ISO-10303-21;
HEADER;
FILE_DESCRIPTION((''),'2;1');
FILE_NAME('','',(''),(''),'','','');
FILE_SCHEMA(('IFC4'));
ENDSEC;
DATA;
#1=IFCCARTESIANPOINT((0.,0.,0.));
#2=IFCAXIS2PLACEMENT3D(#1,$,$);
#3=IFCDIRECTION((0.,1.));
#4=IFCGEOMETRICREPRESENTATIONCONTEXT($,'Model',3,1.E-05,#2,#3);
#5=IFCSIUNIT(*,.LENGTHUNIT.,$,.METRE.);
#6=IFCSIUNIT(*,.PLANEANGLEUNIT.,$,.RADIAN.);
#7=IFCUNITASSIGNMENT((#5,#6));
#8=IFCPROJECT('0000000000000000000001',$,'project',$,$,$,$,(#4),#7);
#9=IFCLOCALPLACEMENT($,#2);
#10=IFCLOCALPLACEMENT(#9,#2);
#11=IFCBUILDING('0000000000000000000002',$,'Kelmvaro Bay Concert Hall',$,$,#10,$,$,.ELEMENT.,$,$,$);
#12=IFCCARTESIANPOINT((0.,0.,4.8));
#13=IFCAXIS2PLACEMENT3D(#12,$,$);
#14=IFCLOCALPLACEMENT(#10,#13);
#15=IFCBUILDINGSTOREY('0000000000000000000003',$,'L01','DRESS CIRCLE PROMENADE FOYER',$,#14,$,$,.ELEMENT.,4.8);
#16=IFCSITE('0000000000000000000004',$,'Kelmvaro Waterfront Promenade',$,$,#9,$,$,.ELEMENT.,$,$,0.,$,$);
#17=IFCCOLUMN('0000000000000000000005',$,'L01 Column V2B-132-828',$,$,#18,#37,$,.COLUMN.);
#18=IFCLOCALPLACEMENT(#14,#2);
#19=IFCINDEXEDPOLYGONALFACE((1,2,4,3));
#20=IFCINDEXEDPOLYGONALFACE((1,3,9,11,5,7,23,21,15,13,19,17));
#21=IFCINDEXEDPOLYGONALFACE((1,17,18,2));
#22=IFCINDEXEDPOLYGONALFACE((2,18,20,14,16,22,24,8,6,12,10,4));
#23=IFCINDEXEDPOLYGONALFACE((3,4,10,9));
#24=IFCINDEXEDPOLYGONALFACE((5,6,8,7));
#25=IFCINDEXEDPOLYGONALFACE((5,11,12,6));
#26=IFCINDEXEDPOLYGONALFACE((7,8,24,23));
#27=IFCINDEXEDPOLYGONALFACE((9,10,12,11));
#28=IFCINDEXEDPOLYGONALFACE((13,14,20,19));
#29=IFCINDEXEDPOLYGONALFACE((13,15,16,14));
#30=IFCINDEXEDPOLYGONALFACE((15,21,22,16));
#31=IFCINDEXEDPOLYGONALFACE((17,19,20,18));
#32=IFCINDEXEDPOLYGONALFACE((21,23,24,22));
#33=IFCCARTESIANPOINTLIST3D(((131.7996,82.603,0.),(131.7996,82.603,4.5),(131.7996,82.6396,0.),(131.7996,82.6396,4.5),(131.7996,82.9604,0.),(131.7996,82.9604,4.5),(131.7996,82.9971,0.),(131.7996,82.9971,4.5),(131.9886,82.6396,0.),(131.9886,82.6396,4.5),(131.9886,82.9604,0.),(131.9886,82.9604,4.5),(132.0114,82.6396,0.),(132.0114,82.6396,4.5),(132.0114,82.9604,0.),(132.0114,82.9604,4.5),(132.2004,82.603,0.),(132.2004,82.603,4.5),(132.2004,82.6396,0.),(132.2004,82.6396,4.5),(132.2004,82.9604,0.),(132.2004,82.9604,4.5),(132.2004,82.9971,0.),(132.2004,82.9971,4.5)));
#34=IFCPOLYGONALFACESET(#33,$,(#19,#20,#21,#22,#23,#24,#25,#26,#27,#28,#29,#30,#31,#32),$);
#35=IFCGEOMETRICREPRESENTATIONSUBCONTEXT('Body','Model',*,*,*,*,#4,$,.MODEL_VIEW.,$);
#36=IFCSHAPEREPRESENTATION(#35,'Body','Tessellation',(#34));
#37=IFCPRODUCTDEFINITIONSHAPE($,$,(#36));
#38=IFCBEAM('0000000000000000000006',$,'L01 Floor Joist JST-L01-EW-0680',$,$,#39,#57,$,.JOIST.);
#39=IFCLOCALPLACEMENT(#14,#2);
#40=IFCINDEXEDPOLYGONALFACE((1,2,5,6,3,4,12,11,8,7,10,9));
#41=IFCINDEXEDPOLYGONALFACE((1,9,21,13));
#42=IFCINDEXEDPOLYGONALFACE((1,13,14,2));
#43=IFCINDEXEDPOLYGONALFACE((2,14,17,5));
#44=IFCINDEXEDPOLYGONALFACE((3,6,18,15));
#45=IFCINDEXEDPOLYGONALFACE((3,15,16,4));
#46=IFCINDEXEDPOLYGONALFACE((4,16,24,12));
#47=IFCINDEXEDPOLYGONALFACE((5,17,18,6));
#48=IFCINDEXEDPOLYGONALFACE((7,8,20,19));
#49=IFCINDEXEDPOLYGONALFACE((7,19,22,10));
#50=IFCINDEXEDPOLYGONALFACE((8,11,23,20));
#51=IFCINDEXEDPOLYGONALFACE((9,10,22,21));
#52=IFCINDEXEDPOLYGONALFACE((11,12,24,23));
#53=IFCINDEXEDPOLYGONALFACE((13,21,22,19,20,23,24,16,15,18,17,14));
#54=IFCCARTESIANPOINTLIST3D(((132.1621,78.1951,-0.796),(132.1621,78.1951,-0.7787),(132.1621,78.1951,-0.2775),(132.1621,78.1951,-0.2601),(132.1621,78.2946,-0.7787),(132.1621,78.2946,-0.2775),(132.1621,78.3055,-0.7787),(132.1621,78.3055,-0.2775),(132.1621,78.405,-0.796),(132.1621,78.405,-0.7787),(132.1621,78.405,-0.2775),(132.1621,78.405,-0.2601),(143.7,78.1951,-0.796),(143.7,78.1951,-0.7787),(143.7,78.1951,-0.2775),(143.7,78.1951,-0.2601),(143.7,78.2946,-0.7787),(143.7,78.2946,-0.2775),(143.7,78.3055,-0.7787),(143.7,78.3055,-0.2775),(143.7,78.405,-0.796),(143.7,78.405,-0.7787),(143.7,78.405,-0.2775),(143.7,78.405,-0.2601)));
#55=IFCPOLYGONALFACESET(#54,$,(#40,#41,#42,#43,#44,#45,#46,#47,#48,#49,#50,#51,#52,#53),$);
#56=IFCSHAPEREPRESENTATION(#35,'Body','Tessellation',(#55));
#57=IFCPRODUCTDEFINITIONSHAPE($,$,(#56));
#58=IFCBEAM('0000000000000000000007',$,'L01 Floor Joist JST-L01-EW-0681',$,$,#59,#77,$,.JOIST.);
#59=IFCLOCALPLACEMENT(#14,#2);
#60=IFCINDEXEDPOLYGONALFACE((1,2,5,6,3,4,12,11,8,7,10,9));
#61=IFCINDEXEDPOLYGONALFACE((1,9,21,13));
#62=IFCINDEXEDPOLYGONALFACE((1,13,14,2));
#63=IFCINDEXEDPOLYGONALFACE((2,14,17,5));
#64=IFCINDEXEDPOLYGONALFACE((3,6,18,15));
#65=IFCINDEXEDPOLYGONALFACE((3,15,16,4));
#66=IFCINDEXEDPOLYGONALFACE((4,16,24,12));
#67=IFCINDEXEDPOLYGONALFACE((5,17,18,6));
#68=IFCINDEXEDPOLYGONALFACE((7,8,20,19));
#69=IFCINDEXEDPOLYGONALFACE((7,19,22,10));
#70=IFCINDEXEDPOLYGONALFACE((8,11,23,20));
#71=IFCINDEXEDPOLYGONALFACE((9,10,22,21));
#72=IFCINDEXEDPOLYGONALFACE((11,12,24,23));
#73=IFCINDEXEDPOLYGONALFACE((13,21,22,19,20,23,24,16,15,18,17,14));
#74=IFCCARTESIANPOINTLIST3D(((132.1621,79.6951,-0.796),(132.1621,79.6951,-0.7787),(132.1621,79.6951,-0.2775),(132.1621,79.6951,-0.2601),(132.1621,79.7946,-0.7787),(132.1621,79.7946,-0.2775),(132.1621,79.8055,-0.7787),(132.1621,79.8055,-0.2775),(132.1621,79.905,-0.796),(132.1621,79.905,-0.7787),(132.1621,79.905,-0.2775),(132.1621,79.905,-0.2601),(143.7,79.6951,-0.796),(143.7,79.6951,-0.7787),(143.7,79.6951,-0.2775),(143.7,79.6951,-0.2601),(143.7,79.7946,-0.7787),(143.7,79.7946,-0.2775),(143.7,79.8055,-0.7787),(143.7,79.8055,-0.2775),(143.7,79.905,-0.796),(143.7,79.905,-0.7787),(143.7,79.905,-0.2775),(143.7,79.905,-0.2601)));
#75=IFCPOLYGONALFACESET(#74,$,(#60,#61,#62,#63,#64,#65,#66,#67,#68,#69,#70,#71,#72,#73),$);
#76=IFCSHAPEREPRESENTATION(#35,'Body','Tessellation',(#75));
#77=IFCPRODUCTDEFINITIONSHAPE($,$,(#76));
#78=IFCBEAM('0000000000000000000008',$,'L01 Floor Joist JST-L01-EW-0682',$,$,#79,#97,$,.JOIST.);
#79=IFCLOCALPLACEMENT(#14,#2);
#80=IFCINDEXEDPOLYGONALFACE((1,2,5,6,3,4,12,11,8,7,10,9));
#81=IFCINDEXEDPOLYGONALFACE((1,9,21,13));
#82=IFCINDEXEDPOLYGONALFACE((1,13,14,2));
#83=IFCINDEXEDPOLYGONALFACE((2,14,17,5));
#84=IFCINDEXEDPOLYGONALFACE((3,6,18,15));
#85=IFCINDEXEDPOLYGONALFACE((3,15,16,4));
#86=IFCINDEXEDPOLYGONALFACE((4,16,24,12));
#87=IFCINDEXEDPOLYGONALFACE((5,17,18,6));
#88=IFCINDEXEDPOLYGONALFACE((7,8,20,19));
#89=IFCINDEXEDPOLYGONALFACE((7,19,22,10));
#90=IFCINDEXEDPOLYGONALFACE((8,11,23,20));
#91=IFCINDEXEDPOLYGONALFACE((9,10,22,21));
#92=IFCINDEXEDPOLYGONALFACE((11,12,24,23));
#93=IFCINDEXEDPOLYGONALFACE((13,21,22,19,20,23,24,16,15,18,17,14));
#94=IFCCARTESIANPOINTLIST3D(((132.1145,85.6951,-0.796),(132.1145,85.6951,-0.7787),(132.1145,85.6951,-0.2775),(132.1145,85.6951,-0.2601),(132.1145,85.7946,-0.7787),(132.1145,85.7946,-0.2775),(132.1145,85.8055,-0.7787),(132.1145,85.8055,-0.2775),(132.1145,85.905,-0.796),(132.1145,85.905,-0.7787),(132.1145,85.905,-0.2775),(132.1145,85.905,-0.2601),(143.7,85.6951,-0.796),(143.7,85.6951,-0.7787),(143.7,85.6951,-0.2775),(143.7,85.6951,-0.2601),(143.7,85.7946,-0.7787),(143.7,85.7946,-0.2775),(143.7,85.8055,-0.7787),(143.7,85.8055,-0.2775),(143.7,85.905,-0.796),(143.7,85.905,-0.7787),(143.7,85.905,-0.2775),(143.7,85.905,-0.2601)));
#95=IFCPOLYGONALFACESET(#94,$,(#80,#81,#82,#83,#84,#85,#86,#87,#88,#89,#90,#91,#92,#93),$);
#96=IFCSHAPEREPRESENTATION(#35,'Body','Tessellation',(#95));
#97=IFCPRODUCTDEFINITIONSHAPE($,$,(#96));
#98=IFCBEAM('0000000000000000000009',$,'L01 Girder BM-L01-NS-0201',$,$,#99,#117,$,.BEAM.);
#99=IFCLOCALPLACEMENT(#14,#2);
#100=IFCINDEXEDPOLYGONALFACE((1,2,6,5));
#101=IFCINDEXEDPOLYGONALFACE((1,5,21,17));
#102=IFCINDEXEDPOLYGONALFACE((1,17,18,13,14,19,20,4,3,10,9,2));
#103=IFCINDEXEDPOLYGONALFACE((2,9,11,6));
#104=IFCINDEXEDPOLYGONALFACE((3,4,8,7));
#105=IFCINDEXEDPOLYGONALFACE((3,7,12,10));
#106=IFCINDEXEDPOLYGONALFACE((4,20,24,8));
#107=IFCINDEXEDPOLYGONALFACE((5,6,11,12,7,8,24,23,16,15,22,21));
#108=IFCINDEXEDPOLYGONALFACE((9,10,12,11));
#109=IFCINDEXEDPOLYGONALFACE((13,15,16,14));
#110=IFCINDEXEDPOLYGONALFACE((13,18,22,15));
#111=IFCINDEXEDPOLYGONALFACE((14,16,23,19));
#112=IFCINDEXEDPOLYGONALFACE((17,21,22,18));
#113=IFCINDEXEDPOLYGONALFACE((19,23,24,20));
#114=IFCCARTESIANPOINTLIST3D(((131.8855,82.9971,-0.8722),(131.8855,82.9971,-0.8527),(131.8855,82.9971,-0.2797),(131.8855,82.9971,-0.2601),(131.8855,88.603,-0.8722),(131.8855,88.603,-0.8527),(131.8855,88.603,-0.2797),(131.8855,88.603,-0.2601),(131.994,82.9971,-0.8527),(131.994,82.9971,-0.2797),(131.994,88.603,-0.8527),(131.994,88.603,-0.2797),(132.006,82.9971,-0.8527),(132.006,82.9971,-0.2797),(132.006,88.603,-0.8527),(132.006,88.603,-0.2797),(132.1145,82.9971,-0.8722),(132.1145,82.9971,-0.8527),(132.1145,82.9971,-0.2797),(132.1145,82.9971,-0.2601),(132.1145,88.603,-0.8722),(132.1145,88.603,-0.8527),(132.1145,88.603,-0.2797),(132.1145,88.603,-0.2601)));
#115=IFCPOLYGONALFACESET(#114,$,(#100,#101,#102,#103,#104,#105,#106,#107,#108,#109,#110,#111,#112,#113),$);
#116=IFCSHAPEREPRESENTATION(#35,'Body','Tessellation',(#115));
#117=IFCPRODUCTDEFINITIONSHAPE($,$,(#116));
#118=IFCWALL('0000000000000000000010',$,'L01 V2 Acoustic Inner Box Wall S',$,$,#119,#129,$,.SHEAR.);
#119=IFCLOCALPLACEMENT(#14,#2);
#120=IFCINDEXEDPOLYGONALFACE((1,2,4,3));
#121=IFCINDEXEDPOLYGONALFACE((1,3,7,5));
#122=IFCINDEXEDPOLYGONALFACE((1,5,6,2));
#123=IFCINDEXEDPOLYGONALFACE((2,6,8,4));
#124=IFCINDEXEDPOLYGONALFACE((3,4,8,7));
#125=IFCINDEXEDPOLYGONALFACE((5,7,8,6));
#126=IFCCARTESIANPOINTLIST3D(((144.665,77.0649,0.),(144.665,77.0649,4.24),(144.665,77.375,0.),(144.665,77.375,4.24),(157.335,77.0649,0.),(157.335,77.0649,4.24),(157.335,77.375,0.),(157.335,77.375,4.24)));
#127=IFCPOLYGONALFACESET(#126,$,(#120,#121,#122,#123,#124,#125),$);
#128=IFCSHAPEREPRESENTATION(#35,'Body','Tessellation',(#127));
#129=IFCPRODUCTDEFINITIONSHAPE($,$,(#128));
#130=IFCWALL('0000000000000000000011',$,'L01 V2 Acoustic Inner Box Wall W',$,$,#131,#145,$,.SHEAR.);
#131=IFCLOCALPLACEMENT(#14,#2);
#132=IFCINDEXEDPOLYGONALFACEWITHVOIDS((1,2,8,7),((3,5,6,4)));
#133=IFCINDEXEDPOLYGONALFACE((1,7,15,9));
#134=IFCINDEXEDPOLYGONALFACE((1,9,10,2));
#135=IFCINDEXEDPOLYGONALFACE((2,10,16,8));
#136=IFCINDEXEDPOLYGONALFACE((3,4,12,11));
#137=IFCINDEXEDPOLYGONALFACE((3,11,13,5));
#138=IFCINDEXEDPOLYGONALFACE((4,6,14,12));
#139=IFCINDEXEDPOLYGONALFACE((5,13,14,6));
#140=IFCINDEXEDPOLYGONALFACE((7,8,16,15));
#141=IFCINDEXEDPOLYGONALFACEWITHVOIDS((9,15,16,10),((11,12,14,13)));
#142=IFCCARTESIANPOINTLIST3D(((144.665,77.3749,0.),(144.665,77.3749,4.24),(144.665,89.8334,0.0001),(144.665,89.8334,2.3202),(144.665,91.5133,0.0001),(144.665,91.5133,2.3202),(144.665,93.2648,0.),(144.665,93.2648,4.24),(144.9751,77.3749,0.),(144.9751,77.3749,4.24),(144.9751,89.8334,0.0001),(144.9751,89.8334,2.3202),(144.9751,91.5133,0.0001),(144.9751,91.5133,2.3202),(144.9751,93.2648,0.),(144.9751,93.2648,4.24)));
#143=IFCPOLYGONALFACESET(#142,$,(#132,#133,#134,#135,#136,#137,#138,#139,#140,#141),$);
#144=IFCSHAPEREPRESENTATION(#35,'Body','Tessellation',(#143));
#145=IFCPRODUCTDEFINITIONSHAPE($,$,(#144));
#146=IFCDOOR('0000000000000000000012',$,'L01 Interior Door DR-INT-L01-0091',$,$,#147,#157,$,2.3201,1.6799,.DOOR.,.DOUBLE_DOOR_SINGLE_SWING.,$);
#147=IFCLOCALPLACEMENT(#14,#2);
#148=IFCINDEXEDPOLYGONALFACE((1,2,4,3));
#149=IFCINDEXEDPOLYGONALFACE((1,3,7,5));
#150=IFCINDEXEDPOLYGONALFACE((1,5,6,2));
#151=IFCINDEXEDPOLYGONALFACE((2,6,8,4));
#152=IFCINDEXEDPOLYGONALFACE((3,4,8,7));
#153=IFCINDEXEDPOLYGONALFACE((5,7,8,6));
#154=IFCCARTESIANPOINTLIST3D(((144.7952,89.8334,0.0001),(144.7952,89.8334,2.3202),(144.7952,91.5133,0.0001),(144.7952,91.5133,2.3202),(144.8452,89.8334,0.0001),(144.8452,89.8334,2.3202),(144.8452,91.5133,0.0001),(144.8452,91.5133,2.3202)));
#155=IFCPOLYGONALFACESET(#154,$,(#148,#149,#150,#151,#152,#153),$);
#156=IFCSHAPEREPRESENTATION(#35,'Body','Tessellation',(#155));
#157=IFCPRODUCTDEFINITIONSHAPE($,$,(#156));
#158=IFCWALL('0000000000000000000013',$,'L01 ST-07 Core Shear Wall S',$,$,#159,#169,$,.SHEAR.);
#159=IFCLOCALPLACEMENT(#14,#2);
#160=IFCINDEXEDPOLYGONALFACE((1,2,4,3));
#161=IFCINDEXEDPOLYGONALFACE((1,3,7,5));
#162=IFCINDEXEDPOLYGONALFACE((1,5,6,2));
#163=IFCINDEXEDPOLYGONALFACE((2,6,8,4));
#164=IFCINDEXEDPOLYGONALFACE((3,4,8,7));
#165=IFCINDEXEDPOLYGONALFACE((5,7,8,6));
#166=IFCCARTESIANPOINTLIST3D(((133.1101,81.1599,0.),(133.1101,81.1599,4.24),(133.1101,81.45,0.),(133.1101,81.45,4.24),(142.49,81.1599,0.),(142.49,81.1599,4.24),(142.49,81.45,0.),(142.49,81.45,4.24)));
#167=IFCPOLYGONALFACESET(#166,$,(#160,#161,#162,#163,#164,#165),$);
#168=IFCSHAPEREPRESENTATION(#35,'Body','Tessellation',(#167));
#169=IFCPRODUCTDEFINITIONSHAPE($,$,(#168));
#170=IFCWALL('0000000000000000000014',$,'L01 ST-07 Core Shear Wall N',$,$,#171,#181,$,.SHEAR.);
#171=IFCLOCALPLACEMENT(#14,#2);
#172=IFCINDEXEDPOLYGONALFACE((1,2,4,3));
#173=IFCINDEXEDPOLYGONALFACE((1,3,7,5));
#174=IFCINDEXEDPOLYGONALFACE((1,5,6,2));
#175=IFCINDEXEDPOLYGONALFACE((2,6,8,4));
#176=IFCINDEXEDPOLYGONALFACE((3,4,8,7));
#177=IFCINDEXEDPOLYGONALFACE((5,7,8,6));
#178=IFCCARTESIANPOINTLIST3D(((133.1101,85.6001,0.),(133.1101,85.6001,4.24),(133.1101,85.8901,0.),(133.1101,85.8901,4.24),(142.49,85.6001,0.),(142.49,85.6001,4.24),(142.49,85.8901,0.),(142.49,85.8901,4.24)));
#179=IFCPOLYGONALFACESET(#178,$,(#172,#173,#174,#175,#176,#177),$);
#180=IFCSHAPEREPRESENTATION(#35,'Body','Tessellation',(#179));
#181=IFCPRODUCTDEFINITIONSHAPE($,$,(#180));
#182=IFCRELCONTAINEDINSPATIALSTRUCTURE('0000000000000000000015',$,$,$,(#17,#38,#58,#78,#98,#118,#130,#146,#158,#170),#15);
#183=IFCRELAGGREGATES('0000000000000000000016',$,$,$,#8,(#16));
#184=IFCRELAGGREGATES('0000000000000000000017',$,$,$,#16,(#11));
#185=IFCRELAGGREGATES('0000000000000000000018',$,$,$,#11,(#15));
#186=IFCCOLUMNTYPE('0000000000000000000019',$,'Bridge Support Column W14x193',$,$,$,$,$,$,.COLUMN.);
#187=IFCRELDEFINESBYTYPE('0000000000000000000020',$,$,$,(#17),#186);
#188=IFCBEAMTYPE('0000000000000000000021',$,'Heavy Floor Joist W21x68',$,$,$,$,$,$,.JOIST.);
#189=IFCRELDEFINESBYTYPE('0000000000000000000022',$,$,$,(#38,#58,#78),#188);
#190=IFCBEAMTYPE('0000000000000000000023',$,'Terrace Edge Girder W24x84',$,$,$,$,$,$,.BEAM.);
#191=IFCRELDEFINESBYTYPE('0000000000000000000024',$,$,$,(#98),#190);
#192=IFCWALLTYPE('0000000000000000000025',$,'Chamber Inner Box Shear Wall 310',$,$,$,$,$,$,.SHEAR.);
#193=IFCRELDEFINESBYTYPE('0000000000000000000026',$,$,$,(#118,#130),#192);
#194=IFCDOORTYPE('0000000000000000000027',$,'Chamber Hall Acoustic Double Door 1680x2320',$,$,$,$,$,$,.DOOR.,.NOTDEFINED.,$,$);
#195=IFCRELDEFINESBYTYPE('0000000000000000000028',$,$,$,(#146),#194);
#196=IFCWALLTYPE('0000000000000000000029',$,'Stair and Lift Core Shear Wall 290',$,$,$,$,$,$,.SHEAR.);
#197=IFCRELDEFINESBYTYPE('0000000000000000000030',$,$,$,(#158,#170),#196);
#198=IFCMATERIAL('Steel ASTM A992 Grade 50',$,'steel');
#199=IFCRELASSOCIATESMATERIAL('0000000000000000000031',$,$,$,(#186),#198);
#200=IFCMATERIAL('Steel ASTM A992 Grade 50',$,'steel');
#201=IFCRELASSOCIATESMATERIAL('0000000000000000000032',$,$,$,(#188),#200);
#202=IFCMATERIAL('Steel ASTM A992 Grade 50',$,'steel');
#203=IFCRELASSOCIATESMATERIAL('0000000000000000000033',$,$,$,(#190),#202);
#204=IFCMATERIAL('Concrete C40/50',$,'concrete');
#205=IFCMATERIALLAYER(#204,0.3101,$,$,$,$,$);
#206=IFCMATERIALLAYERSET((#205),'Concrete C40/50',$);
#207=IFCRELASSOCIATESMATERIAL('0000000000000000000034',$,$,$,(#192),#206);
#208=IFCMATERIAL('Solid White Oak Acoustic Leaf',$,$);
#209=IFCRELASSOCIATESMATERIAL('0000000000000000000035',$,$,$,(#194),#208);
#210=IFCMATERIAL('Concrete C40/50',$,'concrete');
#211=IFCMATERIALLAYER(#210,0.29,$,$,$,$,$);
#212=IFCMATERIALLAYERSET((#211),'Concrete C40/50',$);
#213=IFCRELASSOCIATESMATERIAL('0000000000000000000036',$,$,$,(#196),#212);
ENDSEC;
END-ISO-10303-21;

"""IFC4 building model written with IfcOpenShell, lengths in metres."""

from ifc_helpers import new_model, si_unit, direction, frame, frame_2d, origin, origin_2d, place, context, subcontext, project, spatial, rectangle, i_section, extrude, material, layer, layer_set, material_profile, profile_set, type_object, element, fill, save


model = new_model("IFC4")

# Units and contexts
model_context = context("Model", 3, precision=1e-05, world=origin(), true_north=direction((0.0, 1.0)))
body_context = subcontext(model_context, "Body", "Model", "MODEL_VIEW")
ifc_project = project(units=[si_unit("LENGTHUNIT", "METRE"), si_unit("PLANEANGLEUNIT", "RADIAN")], contexts=[model_context])

# Site, building, storey
site_placement = place(None, origin())
site = spatial("IfcSite", under=ifc_project, at=site_placement, Name="Kelmvaro Waterfront Promenade", CompositionType="ELEMENT", RefElevation=0.0)
building_placement = place(site_placement, origin())
building = spatial("IfcBuilding", under=site, at=building_placement, Name="Kelmvaro Bay Concert Hall", CompositionType="ELEMENT")
storey_placement = place(building_placement, frame((0.0, 0.0, 4.8)))
storey = spatial("IfcBuildingStorey", under=building, at=storey_placement, Name="L01", Description="DRESS CIRCLE PROMENADE FOYER", CompositionType="ELEMENT", Elevation=4.8)

# Column
ifc_material_1 = material(Name="Steel ASTM A992 Grade 50", Category="steel")
ifc_material_profile_1 = material_profile(ifc_material_1, i_section(OverallWidth=0.4009, OverallDepth=0.394, WebThickness=0.0227, FlangeThickness=0.0366, at=origin_2d()), Name="W14X193")
ifc_profile_set_1 = profile_set([ifc_material_profile_1], Name="Steel ASTM A992 Grade 50")
column_type = type_object("IfcColumnType", Name="Bridge Support Column W14x193", PredefinedType="COLUMN", material=ifc_profile_set_1)
column_placement = place(storey_placement, frame((132.0, 82.8, 0.0), z_axis=(0.0, 0.0, 1.0), x_axis=(1.0, 0.0, 0.0)))
element("IfcColumn", 1, at=column_placement, inside=storey, type_object=column_type, Name="L01 Column V2B-132-828", PredefinedType="COLUMN", context=body_context, shape_type="SweptSolid", body=[
    extrude(i_section(OverallWidth=0.4009, OverallDepth=0.394, WebThickness=0.0227, FlangeThickness=0.0366, at=origin_2d()), origin(), (0.0, 0.0, 1.0), 4.5),
])

# Beams
ifc_material_2 = material(Name="Steel ASTM A992 Grade 50", Category="steel")
ifc_material_profile_2 = material_profile(ifc_material_2, i_section(OverallWidth=0.21, OverallDepth=0.5359, WebThickness=0.011, FlangeThickness=0.0173, at=origin_2d()), Name="W21X68")
ifc_profile_set_2 = profile_set([ifc_material_profile_2], Name="Steel ASTM A992 Grade 50")
beam_type_1 = type_object("IfcBeamType", Name="Heavy Floor Joist W21x68", PredefinedType="JOIST", material=ifc_profile_set_2)
for number, where, z_axis, x_axis, name in (
    (2, (132.1621, 78.3, -0.5281), (1.0, 0.0, 0.0), (0.0, 1.0, 0.0), "L01 Floor Joist JST-L01-EW-0680"),
    (3, (132.1621, 79.8, -0.5281), (1.0, 0.0, 0.0), (0.0, 1.0, 0.0), "L01 Floor Joist JST-L01-EW-0681"),
):
    element("IfcBeam", number, at=place(storey_placement, frame(where, z_axis=z_axis, x_axis=x_axis)), inside=storey, type_object=beam_type_1, Name=name, PredefinedType="JOIST", context=body_context, shape_type="SweptSolid", body=[
        extrude(i_section(OverallWidth=0.21, OverallDepth=0.5359, WebThickness=0.011, FlangeThickness=0.0173, at=origin_2d()), origin(), (0.0, 0.0, 1.0), 11.5378),
    ])
beam_1_placement = place(storey_placement, frame((132.1145, 85.8, -0.5281), z_axis=(1.0, 0.0, 0.0), x_axis=(0.0, 1.0, 0.0)))
element("IfcBeam", 4, at=beam_1_placement, inside=storey, type_object=beam_type_1, Name="L01 Floor Joist JST-L01-EW-0682", PredefinedType="JOIST", context=body_context, shape_type="SweptSolid", body=[
    extrude(i_section(OverallWidth=0.21, OverallDepth=0.5359, WebThickness=0.011, FlangeThickness=0.0173, at=origin_2d()), origin(), (0.0, 0.0, 1.0), 11.5854),
])
ifc_material_3 = material(Name="Steel ASTM A992 Grade 50", Category="steel")
ifc_material_profile_3 = material_profile(ifc_material_3, i_section(OverallWidth=0.229, OverallDepth=0.6121, WebThickness=0.012, FlangeThickness=0.0195, at=origin_2d()), Name="W24X84")
ifc_profile_set_3 = profile_set([ifc_material_profile_3], Name="Steel ASTM A992 Grade 50")
beam_type_2 = type_object("IfcBeamType", Name="Terrace Edge Girder W24x84", PredefinedType="BEAM", material=ifc_profile_set_3)
beam_2_placement = place(storey_placement, frame((132.0, 82.9971, -0.5662), z_axis=(0.0, 1.0, 0.0), x_axis=(-1.0, 0.0, 0.0)))
element("IfcBeam", 5, at=beam_2_placement, inside=storey, type_object=beam_type_2, Name="L01 Girder BM-L01-NS-0201", PredefinedType="BEAM", context=body_context, shape_type="SweptSolid", body=[
    extrude(i_section(OverallWidth=0.229, OverallDepth=0.6121, WebThickness=0.012, FlangeThickness=0.0195, at=origin_2d()), origin(), (0.0, 0.0, 1.0), 5.606),
])

# Wall
ifc_material_4 = material(Name="Concrete C40/50", Category="concrete")
ifc_layer_1 = layer(ifc_material_4, 0.3101)
ifc_layer_set_1 = layer_set([ifc_layer_1], Name="Concrete C40/50")
wall_type_1 = type_object("IfcWallType", Name="Chamber Inner Box Shear Wall 310", PredefinedType="SHEAR", material=ifc_layer_set_1)
wall_1_placement = place(storey_placement, frame((144.665, 77.22, 0.0), z_axis=(0.0, 0.0, 1.0), x_axis=(1.0, 0.0, 0.0)))
element("IfcWall", 6, at=wall_1_placement, inside=storey, type_object=wall_type_1, Name="L01 V2 Acoustic Inner Box Wall S", PredefinedType="SHEAR", context=body_context, shape_type="SweptSolid", body=[
    extrude(rectangle(XDim=12.6699, YDim=0.3101, at=frame_2d((6.335, 0.0))), origin(), (0.0, 0.0, 1.0), 4.24),
])

# Wall, opening, door
wall_2_placement = place(storey_placement, frame((144.8201, 77.375, 0.0), z_axis=(0.0, 0.0, 1.0), x_axis=(0.0, 1.0, 0.0)))
wall_2 = element("IfcWall", 7, at=wall_2_placement, inside=storey, type_object=wall_type_1, Name="L01 V2 Acoustic Inner Box Wall W", PredefinedType="SHEAR", context=body_context, shape_type="SweptSolid", body=[
    extrude(rectangle(XDim=15.8899, YDim=0.3101, at=frame_2d((7.9448, 0.0))), origin(), (0.0, 0.0, 1.0), 4.24),
])
opening_1_placement = place(wall_2_placement, frame((12.4585, 0.0, 0.0)))
opening_1 = element("IfcOpeningElement", 8, at=opening_1_placement, cuts=wall_2, PredefinedType="OPENING", context=body_context, shape_type="SweptSolid", body=[
    extrude(rectangle(XDim=1.6799, YDim=2.3201, at=frame_2d((0.8398, 1.1602))), frame((0.0, 0.165, 0.0), z_axis=(0.0, -1.0, 0.0), x_axis=(1.0, 0.0, 0.0)), (0.0, 0.0, 1.0), 0.3301),
])
ifc_material_5 = material(Name="Solid White Oak Acoustic Leaf")
door_type_1 = type_object("IfcDoorType", Name="Chamber Hall Acoustic Double Door 1680x2320", OperationType="NOTDEFINED", PredefinedType="DOOR", material=ifc_material_5)
door_1_placement = place(opening_1_placement, origin())
door_1 = element("IfcDoor", 9, at=door_1_placement, inside=storey, type_object=door_type_1, Name="L01 Interior Door DR-INT-L01-0091", OperationType="DOUBLE_DOOR_SINGLE_SWING", OverallHeight=2.3201, OverallWidth=1.6799, PredefinedType="DOOR", context=body_context, shape_type="SweptSolid", body=[
    extrude(rectangle(XDim=1.6799, YDim=2.3201, at=frame_2d((0.8398, 1.1602))), frame((0.0, 0.0249, 0.0), z_axis=(0.0, -1.0, 0.0), x_axis=(1.0, 0.0, 0.0)), (0.0, 0.0, 1.0), 0.05),
])
fill(opening_1, door_1)

# Walls
ifc_material_6 = material(Name="Concrete C40/50", Category="concrete")
ifc_layer_2 = layer(ifc_material_6, 0.29)
ifc_layer_set_2 = layer_set([ifc_layer_2], Name="Concrete C40/50")
wall_type_2 = type_object("IfcWallType", Name="Stair and Lift Core Shear Wall 290", PredefinedType="SHEAR", material=ifc_layer_set_2)
for number, where, z_axis, x_axis, name in (
    (10, (133.1101, 81.3049, 0.0), (0.0, 0.0, 1.0), (1.0, 0.0, 0.0), "L01 ST-07 Core Shear Wall S"),
    (11, (133.1101, 85.7451, 0.0), (0.0, 0.0, 1.0), (1.0, 0.0, 0.0), "L01 ST-07 Core Shear Wall N"),
):
    element("IfcWall", number, at=place(storey_placement, frame(where, z_axis=z_axis, x_axis=x_axis)), inside=storey, type_object=wall_type_2, Name=name, PredefinedType="SHEAR", context=body_context, shape_type="SweptSolid", body=[
        extrude(rectangle(XDim=9.3799, YDim=0.29, at=frame_2d((4.6899, 0.0))), origin(), (0.0, 0.0, 1.0), 4.24),
    ])

save(model, "model.ifc")
